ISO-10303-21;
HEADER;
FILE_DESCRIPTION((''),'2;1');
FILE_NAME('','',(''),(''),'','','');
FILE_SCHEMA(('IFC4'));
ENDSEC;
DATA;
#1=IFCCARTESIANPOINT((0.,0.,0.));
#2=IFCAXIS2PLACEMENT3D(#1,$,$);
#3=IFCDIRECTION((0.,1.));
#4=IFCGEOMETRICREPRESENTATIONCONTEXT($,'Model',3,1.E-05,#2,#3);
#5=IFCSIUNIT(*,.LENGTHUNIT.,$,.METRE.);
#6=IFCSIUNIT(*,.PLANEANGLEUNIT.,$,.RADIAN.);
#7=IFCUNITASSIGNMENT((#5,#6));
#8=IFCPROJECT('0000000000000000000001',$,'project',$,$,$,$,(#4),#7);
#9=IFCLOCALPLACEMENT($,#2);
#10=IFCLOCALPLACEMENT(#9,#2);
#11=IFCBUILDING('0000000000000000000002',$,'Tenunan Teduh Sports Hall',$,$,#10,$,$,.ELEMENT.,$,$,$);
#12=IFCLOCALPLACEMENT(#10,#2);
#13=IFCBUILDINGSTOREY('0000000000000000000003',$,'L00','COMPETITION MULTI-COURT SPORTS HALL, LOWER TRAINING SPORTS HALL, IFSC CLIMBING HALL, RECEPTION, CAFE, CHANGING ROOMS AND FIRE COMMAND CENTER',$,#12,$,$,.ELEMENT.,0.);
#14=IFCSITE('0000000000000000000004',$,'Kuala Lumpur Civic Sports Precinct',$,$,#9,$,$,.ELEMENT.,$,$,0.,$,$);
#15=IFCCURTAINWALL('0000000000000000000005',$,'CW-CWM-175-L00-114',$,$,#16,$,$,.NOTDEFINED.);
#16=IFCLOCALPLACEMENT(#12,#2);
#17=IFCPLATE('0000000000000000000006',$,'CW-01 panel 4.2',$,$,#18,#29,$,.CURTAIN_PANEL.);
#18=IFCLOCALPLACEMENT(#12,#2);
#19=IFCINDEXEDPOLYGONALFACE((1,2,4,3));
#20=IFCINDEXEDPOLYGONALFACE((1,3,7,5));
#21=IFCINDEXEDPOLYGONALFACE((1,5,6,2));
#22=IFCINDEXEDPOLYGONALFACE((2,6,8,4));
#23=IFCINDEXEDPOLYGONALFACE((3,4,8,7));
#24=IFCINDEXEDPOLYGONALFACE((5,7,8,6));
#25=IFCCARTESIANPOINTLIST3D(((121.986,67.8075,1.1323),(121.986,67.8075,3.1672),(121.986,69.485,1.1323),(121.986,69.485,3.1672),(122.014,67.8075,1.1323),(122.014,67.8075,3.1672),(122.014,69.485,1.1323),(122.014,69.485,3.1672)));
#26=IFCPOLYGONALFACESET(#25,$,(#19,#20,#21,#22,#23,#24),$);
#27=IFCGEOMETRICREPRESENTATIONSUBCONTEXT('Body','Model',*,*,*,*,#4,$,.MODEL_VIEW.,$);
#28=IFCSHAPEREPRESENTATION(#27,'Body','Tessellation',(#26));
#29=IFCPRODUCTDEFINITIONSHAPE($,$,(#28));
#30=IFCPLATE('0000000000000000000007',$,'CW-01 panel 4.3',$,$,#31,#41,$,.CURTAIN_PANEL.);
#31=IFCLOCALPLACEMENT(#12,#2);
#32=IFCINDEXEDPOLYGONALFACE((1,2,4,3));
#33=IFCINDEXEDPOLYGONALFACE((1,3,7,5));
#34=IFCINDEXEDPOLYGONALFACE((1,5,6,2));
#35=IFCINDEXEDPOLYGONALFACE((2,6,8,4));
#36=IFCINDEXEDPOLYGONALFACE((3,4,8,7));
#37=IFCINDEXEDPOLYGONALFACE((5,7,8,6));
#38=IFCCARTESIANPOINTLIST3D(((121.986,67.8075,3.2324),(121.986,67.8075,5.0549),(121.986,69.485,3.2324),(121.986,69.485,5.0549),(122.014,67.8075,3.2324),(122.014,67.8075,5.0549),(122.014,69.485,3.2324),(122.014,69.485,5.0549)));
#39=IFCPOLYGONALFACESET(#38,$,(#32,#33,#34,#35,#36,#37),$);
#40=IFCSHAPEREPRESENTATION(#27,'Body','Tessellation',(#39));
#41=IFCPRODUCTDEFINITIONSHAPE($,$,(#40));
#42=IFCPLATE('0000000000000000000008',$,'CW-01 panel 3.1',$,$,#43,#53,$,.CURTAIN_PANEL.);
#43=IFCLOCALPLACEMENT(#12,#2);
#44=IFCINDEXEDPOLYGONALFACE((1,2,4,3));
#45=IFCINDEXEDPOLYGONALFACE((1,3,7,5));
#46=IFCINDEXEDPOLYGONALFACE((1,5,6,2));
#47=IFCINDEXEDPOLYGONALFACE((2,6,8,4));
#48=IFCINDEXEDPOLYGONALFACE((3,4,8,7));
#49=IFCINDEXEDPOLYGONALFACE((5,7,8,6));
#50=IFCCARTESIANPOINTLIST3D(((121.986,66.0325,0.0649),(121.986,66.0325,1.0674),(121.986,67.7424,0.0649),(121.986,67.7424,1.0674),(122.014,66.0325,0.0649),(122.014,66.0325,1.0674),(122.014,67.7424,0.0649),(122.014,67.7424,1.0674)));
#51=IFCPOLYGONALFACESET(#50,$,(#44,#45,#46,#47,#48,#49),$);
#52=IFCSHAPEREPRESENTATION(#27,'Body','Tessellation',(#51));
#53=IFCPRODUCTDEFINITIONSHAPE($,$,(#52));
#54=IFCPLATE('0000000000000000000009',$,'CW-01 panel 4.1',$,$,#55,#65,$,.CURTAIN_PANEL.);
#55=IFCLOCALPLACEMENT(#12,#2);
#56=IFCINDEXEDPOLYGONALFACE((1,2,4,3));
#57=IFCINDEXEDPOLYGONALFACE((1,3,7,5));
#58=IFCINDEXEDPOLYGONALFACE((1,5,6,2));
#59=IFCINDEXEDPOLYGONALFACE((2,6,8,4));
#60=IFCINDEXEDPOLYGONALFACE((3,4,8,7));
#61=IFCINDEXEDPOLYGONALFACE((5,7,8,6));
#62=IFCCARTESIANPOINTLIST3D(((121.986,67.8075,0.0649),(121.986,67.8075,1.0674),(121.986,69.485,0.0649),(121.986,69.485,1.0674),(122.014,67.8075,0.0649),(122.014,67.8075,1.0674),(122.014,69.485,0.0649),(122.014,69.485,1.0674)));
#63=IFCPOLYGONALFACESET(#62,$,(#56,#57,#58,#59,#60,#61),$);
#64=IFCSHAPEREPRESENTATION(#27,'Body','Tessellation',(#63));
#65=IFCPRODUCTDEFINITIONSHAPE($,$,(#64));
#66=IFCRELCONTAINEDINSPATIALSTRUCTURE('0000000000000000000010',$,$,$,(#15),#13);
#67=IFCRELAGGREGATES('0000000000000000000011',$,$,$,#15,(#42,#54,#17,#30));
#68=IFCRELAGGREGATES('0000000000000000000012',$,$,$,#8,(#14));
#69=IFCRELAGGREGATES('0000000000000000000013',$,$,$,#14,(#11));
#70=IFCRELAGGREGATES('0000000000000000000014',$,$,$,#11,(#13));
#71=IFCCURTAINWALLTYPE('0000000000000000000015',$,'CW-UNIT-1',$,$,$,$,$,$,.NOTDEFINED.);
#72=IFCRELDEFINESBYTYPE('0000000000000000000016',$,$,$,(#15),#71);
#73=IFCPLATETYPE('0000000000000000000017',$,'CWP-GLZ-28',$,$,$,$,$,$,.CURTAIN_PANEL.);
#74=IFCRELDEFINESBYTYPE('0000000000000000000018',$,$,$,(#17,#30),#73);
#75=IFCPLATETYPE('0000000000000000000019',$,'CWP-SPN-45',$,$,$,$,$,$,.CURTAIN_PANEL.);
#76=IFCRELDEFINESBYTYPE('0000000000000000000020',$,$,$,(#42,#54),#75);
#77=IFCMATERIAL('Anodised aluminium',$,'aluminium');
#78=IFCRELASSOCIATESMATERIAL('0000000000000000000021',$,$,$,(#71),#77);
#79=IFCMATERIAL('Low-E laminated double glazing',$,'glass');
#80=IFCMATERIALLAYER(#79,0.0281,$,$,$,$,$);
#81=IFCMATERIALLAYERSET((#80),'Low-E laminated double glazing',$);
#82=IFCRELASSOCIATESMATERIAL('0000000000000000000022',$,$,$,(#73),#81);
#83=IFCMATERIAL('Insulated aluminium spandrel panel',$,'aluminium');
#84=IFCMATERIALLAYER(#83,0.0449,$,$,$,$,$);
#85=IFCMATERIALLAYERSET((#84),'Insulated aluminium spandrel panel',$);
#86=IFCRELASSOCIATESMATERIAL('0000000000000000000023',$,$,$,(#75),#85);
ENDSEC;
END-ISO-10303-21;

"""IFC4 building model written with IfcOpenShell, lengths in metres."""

from ifc_helpers import new_model, si_unit, direction, frame, origin, origin_2d, place, context, subcontext, project, spatial, rectangle, extrude, material, layer, layer_set, type_object, element, aggregate, save


model = new_model("IFC4")

# Units and contexts
model_context = context("Model", 3, precision=1e-05, world=origin(), true_north=direction((0.0, 1.0)))
body_context = subcontext(model_context, "Body", "Model", "MODEL_VIEW")
ifc_project = project(units=[si_unit("LENGTHUNIT", "METRE"), si_unit("PLANEANGLEUNIT", "RADIAN")], contexts=[model_context])

# Site, building, storey
site_placement = place(None, origin())
site = spatial("IfcSite", under=ifc_project, at=site_placement, Name="Kuala Lumpur Civic Sports Precinct", CompositionType="ELEMENT", RefElevation=0.0)
building_placement = place(site_placement, origin())
building = spatial("IfcBuilding", under=site, at=building_placement, Name="Tenunan Teduh Sports Hall", CompositionType="ELEMENT")
storey_placement = place(building_placement, origin())
storey = spatial("IfcBuildingStorey", under=building, at=storey_placement, Name="L00", Description="COMPETITION MULTI-COURT SPORTS HALL, LOWER TRAINING SPORTS HALL, IFSC CLIMBING HALL, RECEPTION, CAFE, CHANGING ROOMS AND FIRE COMMAND CENTER", CompositionType="ELEMENT", Elevation=0.0)

# Curtain wall
ifc_material_1 = material(Name="Anodised aluminium", Category="aluminium")
curtain_wall_type = type_object("IfcCurtainWallType", Name="CW-UNIT-1", PredefinedType="NOTDEFINED", material=ifc_material_1)
curtain_wall_1_placement = place(storey_placement, origin())
curtain_wall_1 = element("IfcCurtainWall", 1, at=curtain_wall_1_placement, inside=storey, type_object=curtain_wall_type, Name="CW-CWM-175-L00-114", PredefinedType="NOTDEFINED")

# Plates
ifc_material_2 = material(Name="Low-E laminated double glazing", Category="glass")
ifc_layer_1 = layer(ifc_material_2, 0.0281)
ifc_layer_set_1 = layer_set([ifc_layer_1], Name="Low-E laminated double glazing")
plate_type_1 = type_object("IfcPlateType", Name="CWP-GLZ-28", PredefinedType="CURTAIN_PANEL", material=ifc_layer_set_1)
plate_1_placement = place(storey_placement, frame((122.0, 68.6462, 1.1323), z_axis=(0.0, 0.0, 1.0), x_axis=(0.0, 1.0, 0.0)))
plate_1 = element("IfcPlate", 2, at=plate_1_placement, type_object=plate_type_1, Name="CW-01 panel 4.2", PredefinedType="CURTAIN_PANEL", context=body_context, shape_type="SweptSolid", body=[
    extrude(rectangle(XDim=1.6775, YDim=0.0281, at=origin_2d()), origin(), (0.0, 0.0, 1.0), 2.0349),
])
plate_2_placement = place(storey_placement, frame((122.0, 68.6462, 3.2324), z_axis=(0.0, 0.0, 1.0), x_axis=(0.0, 1.0, 0.0)))
plate_2 = element("IfcPlate", 3, at=plate_2_placement, type_object=plate_type_1, Name="CW-01 panel 4.3", PredefinedType="CURTAIN_PANEL", context=body_context, shape_type="SweptSolid", body=[
    extrude(rectangle(XDim=1.6775, YDim=0.0281, at=origin_2d()), origin(), (0.0, 0.0, 1.0), 1.8225),
])
ifc_material_3 = material(Name="Insulated aluminium spandrel panel", Category="aluminium")
ifc_layer_2 = layer(ifc_material_3, 0.0449)
ifc_layer_set_2 = layer_set([ifc_layer_2], Name="Insulated aluminium spandrel panel")
plate_type_2 = type_object("IfcPlateType", Name="CWP-SPN-45", PredefinedType="CURTAIN_PANEL", material=ifc_layer_set_2)
plate_3_placement = place(storey_placement, frame((122.0, 66.8875, 0.0649), z_axis=(0.0, 0.0, 1.0), x_axis=(0.0, 1.0, 0.0)))
plate_3 = element("IfcPlate", 4, at=plate_3_placement, type_object=plate_type_2, Name="CW-01 panel 3.1", PredefinedType="CURTAIN_PANEL", context=body_context, shape_type="SweptSolid", body=[
    extrude(rectangle(XDim=1.71, YDim=0.0281, at=origin_2d()), origin(), (0.0, 0.0, 1.0), 1.0024),
])
plate_4_placement = place(storey_placement, frame((122.0, 68.6462, 0.0649), z_axis=(0.0, 0.0, 1.0), x_axis=(0.0, 1.0, 0.0)))
plate_4 = element("IfcPlate", 5, at=plate_4_placement, type_object=plate_type_2, Name="CW-01 panel 4.1", PredefinedType="CURTAIN_PANEL", context=body_context, shape_type="SweptSolid", body=[
    extrude(rectangle(XDim=1.6775, YDim=0.0281, at=origin_2d()), origin(), (0.0, 0.0, 1.0), 1.0024),
])
aggregate(curtain_wall_1, [plate_3, plate_4, plate_1, plate_2])

save(model, "model.ifc")
